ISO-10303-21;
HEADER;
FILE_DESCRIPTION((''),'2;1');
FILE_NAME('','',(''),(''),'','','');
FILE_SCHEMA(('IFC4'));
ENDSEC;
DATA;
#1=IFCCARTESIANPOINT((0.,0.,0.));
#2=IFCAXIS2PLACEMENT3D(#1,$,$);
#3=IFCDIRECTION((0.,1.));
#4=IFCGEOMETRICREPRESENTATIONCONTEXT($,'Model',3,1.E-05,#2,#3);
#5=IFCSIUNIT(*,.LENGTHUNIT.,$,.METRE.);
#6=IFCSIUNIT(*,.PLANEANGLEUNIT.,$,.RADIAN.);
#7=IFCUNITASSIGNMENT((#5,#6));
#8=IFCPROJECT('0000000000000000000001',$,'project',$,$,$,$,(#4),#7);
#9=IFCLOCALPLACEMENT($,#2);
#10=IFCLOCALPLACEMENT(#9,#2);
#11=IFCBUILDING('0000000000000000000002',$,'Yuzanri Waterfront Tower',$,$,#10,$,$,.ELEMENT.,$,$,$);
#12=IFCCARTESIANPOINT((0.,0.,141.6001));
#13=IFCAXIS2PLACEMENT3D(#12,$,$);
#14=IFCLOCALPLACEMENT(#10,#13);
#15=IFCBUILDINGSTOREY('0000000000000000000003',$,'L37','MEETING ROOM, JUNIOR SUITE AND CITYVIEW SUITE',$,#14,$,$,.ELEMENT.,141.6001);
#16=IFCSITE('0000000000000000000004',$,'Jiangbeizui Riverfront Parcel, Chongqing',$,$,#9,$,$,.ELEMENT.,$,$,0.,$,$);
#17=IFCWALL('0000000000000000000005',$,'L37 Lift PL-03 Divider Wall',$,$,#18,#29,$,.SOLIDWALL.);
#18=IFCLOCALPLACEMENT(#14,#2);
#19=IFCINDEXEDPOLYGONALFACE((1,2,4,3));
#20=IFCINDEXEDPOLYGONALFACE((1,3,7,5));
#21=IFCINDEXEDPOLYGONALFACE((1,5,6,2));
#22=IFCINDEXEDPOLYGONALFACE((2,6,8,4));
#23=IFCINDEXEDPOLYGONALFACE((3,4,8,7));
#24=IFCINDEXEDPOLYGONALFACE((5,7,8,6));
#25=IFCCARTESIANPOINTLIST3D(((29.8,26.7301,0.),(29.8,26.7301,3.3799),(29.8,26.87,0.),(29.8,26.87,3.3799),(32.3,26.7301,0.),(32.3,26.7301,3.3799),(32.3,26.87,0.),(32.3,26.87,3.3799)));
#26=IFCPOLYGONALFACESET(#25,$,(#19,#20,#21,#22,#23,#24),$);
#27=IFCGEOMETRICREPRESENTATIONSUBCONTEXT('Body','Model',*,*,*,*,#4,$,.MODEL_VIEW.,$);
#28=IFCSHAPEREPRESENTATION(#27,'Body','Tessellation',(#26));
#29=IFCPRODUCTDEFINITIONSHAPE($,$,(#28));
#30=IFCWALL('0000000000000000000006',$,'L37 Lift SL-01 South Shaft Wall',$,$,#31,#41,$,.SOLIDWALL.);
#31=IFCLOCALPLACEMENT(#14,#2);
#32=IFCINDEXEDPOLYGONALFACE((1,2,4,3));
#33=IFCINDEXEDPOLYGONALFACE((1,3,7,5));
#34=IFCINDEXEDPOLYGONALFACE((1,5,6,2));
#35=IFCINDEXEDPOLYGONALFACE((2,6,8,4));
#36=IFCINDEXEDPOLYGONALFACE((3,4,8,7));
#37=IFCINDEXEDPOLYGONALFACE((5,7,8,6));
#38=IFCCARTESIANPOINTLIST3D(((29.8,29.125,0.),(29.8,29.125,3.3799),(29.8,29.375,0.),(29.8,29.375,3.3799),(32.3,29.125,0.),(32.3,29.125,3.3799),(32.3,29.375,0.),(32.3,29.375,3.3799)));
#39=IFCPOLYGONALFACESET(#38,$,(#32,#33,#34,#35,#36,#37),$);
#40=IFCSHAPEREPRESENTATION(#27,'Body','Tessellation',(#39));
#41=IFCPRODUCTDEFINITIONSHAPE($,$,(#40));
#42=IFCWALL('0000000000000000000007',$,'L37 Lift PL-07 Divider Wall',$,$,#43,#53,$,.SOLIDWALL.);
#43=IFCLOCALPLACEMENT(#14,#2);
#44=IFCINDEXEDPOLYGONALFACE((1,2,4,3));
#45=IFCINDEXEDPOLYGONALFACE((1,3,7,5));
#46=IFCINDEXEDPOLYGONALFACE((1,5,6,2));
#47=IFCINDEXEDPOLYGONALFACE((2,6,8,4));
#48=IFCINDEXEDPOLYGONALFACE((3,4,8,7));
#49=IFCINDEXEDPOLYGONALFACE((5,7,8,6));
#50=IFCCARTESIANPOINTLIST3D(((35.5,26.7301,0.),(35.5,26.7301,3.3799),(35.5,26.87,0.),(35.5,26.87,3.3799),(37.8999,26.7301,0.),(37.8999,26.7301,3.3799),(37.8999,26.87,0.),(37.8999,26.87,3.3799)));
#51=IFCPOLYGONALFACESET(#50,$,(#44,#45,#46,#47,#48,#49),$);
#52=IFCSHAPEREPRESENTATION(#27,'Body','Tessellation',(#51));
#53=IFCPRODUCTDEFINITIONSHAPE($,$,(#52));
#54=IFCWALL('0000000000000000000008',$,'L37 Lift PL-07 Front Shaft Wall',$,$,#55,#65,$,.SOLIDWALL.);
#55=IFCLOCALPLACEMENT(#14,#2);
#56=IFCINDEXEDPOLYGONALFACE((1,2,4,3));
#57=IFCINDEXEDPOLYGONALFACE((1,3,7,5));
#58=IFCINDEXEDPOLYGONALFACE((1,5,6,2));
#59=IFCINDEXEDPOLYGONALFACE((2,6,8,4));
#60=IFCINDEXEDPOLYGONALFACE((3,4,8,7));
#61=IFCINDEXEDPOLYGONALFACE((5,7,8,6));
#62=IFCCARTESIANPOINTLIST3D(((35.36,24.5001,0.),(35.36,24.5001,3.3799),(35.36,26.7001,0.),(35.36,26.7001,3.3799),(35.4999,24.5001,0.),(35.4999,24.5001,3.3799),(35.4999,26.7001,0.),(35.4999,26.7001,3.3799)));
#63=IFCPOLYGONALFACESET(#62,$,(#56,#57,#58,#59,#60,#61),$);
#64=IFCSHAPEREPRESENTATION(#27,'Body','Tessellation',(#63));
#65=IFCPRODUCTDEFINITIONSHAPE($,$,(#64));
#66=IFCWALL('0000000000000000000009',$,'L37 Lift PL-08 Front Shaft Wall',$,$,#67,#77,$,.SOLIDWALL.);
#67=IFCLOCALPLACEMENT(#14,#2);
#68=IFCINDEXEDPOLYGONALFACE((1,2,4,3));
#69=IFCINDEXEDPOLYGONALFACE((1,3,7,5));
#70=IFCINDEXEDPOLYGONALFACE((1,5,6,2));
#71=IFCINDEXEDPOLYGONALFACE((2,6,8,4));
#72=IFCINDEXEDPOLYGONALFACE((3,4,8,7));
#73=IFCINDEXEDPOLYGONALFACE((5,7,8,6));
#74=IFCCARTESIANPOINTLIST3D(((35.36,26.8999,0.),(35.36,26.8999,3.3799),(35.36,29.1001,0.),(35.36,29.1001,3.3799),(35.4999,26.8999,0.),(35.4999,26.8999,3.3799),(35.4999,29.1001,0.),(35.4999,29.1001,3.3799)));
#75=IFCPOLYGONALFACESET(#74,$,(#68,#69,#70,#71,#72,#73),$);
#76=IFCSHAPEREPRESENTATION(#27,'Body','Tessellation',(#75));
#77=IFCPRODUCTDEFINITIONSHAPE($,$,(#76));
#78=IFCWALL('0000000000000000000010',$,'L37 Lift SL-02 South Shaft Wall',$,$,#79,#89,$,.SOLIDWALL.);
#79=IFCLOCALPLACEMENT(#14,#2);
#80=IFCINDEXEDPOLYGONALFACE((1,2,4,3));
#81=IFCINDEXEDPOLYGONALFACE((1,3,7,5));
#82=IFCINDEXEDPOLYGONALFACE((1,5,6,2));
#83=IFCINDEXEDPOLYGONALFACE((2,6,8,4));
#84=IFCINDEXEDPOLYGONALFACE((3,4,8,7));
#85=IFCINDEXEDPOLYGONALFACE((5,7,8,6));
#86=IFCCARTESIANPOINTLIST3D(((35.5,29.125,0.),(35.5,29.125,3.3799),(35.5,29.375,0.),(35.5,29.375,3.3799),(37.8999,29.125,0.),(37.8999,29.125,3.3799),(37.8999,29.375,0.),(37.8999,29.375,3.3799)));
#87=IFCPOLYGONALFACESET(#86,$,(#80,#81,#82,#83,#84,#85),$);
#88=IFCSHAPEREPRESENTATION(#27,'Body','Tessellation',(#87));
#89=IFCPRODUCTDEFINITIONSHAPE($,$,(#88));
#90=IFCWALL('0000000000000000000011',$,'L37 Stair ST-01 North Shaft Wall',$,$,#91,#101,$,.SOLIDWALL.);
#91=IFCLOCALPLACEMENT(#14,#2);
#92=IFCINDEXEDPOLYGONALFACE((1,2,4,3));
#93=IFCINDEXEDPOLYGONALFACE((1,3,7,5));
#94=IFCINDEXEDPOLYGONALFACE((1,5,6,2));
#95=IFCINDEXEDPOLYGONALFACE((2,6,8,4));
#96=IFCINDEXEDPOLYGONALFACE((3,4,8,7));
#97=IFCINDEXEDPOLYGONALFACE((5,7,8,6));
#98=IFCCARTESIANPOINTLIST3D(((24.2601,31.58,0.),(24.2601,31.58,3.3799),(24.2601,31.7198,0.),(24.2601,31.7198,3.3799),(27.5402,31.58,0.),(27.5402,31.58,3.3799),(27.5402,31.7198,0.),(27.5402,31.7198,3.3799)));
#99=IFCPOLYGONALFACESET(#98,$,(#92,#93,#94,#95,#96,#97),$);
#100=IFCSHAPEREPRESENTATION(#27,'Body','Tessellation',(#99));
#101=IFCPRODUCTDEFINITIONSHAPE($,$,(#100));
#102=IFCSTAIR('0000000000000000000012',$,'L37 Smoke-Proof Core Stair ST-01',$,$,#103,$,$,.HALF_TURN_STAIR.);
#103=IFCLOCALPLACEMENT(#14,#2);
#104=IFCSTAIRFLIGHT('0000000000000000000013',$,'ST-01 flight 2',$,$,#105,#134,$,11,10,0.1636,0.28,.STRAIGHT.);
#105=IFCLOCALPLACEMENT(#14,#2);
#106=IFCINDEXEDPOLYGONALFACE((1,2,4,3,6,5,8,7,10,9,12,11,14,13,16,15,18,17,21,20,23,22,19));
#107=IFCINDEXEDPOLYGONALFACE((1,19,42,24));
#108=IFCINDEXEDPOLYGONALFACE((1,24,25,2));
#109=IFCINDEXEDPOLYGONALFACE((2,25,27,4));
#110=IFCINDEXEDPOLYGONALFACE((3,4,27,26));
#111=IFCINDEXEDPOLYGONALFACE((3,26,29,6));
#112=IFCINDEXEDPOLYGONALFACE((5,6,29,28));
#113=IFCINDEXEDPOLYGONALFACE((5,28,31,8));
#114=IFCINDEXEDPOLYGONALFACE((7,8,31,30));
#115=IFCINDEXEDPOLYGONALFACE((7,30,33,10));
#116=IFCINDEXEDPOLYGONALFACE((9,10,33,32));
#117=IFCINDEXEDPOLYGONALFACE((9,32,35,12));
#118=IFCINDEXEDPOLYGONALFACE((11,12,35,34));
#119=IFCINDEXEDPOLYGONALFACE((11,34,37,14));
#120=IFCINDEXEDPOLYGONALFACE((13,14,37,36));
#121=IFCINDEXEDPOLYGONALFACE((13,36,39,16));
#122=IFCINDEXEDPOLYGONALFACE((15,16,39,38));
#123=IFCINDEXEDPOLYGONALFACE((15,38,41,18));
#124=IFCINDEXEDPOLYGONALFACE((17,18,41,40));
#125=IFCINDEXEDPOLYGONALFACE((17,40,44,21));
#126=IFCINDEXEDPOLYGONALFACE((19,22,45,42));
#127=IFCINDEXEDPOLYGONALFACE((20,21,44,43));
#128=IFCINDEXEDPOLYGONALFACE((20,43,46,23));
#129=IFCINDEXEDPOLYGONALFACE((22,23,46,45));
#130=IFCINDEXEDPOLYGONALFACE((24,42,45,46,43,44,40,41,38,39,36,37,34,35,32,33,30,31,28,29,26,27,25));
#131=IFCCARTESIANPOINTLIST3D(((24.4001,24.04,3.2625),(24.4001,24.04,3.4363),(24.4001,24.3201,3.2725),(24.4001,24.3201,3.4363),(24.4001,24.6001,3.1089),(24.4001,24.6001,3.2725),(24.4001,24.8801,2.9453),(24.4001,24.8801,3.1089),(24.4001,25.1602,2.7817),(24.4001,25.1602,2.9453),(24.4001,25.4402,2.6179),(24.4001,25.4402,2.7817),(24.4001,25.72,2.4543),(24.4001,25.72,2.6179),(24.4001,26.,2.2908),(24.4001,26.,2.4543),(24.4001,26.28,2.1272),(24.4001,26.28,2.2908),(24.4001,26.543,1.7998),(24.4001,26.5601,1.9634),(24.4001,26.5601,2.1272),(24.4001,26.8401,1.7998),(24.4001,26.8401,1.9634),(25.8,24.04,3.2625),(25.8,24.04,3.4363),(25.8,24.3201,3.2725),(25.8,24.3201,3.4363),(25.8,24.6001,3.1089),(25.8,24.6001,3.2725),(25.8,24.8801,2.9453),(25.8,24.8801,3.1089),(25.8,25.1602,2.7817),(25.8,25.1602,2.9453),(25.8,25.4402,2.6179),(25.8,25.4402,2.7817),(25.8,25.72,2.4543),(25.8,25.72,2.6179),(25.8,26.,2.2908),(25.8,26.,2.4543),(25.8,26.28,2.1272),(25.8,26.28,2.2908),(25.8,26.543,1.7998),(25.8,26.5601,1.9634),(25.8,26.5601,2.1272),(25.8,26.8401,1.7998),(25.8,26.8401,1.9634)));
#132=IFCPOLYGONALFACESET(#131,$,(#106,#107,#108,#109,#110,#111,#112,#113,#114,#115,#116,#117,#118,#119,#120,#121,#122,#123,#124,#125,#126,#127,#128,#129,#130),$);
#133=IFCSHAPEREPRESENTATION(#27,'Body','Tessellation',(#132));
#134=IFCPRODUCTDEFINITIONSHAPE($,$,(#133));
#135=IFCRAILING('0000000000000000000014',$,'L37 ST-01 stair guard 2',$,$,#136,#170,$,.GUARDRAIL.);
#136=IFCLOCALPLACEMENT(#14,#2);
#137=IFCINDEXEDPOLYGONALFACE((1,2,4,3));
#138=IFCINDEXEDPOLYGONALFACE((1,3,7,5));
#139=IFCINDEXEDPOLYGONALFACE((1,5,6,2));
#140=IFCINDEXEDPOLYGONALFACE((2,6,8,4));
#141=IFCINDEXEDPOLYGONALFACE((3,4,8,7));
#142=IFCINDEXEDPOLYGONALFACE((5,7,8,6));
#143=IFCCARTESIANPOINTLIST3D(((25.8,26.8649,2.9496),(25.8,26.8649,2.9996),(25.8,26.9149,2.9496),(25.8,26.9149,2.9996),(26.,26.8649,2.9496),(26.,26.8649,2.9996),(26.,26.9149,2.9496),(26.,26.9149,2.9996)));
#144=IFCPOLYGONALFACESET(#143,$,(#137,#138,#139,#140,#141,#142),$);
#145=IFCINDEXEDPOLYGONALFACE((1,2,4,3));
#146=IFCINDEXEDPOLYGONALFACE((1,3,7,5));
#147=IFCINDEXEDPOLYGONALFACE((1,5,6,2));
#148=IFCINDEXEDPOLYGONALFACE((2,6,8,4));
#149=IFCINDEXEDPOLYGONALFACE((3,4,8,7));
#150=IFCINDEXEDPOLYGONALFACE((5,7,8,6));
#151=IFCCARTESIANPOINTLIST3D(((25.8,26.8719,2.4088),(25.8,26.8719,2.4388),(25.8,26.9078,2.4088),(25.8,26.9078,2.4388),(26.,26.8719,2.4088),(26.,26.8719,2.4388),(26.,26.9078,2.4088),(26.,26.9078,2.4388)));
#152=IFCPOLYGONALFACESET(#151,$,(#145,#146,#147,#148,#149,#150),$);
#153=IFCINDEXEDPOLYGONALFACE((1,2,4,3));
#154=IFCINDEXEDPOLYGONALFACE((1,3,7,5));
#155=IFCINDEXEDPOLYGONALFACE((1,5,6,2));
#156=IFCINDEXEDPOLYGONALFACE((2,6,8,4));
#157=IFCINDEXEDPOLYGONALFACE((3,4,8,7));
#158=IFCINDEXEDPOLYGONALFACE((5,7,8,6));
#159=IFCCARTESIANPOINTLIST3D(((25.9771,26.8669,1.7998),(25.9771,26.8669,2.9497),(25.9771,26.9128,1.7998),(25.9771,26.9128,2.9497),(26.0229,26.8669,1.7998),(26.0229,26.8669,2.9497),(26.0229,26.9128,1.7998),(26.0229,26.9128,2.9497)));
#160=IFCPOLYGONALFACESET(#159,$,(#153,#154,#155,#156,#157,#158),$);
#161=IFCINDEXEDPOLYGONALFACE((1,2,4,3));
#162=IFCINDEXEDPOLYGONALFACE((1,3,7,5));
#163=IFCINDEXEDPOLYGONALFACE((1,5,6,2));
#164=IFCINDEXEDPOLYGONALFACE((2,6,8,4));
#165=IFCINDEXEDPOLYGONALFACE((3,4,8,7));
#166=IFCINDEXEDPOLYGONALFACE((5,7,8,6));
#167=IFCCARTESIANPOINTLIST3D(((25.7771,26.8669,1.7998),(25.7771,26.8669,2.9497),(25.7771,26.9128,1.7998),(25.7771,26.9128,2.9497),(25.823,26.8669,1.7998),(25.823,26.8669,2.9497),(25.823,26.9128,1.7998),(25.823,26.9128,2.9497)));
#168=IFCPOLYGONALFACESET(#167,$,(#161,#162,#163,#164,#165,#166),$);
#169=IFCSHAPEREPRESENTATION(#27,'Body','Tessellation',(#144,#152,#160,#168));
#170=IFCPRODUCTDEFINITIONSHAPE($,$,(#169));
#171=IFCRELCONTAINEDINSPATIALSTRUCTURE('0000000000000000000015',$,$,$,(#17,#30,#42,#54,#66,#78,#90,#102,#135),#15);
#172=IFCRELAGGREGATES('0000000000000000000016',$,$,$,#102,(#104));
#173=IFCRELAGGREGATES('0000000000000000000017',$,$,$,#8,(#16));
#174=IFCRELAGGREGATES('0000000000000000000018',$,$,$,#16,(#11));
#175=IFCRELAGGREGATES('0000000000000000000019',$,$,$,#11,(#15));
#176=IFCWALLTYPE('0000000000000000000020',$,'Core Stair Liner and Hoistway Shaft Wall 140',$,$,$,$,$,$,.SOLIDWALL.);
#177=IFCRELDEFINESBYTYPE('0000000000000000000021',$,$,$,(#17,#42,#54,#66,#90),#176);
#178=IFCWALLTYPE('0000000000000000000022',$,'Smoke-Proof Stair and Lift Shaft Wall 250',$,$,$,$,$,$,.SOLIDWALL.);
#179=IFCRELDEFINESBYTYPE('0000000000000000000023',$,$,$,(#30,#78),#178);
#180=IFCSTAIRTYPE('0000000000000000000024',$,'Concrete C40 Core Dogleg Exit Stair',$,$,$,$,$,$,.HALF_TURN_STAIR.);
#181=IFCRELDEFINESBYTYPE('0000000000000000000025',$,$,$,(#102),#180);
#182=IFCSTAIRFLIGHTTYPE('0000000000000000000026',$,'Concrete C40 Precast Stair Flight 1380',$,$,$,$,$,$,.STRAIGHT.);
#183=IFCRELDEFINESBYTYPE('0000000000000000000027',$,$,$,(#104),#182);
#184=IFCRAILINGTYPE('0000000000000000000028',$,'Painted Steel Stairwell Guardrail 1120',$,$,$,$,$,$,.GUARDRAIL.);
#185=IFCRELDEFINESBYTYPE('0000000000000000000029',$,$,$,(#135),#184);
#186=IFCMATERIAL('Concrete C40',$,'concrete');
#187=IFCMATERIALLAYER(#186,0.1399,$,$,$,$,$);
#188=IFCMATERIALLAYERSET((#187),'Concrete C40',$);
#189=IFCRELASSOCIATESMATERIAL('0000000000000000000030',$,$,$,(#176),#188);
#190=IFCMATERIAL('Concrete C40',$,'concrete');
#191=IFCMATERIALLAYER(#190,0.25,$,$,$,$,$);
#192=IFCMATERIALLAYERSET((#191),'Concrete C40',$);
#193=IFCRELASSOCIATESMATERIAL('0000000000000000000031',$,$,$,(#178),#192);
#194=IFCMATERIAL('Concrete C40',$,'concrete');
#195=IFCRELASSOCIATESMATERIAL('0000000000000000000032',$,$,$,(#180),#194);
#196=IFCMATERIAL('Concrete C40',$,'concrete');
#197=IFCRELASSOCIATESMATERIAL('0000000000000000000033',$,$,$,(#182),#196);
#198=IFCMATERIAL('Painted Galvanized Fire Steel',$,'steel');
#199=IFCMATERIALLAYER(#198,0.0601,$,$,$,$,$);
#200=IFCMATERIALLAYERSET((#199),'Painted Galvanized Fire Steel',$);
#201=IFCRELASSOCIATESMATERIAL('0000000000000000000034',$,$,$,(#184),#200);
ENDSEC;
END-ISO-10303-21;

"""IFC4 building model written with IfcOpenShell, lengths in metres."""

from ifc_helpers import new_model, si_unit, direction, frame, frame_2d, origin, origin_2d, place, context, subcontext, project, spatial, polyline, rectangle, outline, extrude, source, transform, mapped, material, layer, layer_set, type_object, element, aggregate, save


model = new_model("IFC4")

# Units and contexts
model_context = context("Model", 3, precision=1e-05, world=origin(), true_north=direction((0.0, 1.0)))
body_context = subcontext(model_context, "Body", "Model", "MODEL_VIEW")
ifc_project = project(units=[si_unit("LENGTHUNIT", "METRE"), si_unit("PLANEANGLEUNIT", "RADIAN")], contexts=[model_context])

# Site, building, storey
site_placement = place(None, origin())
site = spatial("IfcSite", under=ifc_project, at=site_placement, Name="Jiangbeizui Riverfront Parcel, Chongqing", CompositionType="ELEMENT", RefElevation=0.0)
building_placement = place(site_placement, origin())
building = spatial("IfcBuilding", under=site, at=building_placement, Name="Yuzanri Waterfront Tower", CompositionType="ELEMENT")
storey_placement = place(building_placement, frame((0.0, 0.0, 141.6001)))
storey = spatial("IfcBuildingStorey", under=building, at=storey_placement, Name="L37", Description="MEETING ROOM, JUNIOR SUITE AND CITYVIEW SUITE", CompositionType="ELEMENT", Elevation=141.6001)

# Shared definitions
ifc_material_1 = material(Name="Concrete C40", Category="concrete")
ifc_layer_1 = layer(ifc_material_1, 0.1399)
ifc_layer_set_1 = layer_set([ifc_layer_1], Name="Concrete C40")
wall_type_1 = type_object("IfcWallType", Name="Core Stair Liner and Hoistway Shaft Wall 140", PredefinedType="SOLIDWALL", material=ifc_layer_set_1)

# Walls
shared_shape_1 = source(origin(), body_context, "Body", "SweptSolid", [
    extrude(rectangle(XDim=2.5, YDim=0.1399, at=frame_2d((1.25, 0.0))), origin(), (0.0, 0.0, 1.0), 3.3799),
])
wall_1_placement = place(storey_placement, frame((29.8, 26.8, 0.0), z_axis=(0.0, 0.0, 1.0), x_axis=(1.0, 0.0, 0.0)))
element("IfcWall", 1, at=wall_1_placement, inside=storey, type_object=wall_type_1, Name="L37 Lift PL-03 Divider Wall", PredefinedType="SOLIDWALL", context=body_context, shape_type="MappedRepresentation", body=[
    mapped(shared_shape_1, transform((0.0, 0.0, 0.0), scale=1.0)),
])
ifc_material_2 = material(Name="Concrete C40", Category="concrete")
ifc_layer_2 = layer(ifc_material_2, 0.25)
ifc_layer_set_2 = layer_set([ifc_layer_2], Name="Concrete C40")
wall_type_2 = type_object("IfcWallType", Name="Smoke-Proof Stair and Lift Shaft Wall 250", PredefinedType="SOLIDWALL", material=ifc_layer_set_2)
shared_shape_2 = source(origin(), body_context, "Body", "SweptSolid", [
    extrude(rectangle(XDim=2.5, YDim=0.25, at=frame_2d((1.25, 0.0))), origin(), (0.0, 0.0, 1.0), 3.3799),
])
wall_2_placement = place(storey_placement, frame((29.8, 29.25, 0.0), z_axis=(0.0, 0.0, 1.0), x_axis=(1.0, 0.0, 0.0)))
element("IfcWall", 2, at=wall_2_placement, inside=storey, type_object=wall_type_2, Name="L37 Lift SL-01 South Shaft Wall", PredefinedType="SOLIDWALL", context=body_context, shape_type="MappedRepresentation", body=[
    mapped(shared_shape_2, transform((0.0, 0.0, 0.0), scale=1.0)),
])
shared_shape_3 = source(origin(), body_context, "Body", "SweptSolid", [
    extrude(rectangle(XDim=2.3999, YDim=0.1399, at=frame_2d((1.2, 0.0))), origin(), (0.0, 0.0, 1.0), 3.3799),
])
wall_3_placement = place(storey_placement, frame((35.5, 26.8, 0.0), z_axis=(0.0, 0.0, 1.0), x_axis=(1.0, 0.0, 0.0)))
element("IfcWall", 3, at=wall_3_placement, inside=storey, type_object=wall_type_1, Name="L37 Lift PL-07 Divider Wall", PredefinedType="SOLIDWALL", context=body_context, shape_type="MappedRepresentation", body=[
    mapped(shared_shape_3, transform((0.0, 0.0, 0.0), scale=1.0)),
])
shared_shape_4 = source(origin(), body_context, "Body", "SweptSolid", [
    extrude(rectangle(XDim=2.2, YDim=0.1399, at=frame_2d((1.1001, 0.0))), origin(), (0.0, 0.0, 1.0), 3.3799),
])
wall_4_placement = place(storey_placement, frame((35.4299, 24.5, 0.0), z_axis=(0.0, 0.0, 1.0), x_axis=(0.0, 1.0, 0.0)))
element("IfcWall", 4, at=wall_4_placement, inside=storey, type_object=wall_type_1, Name="L37 Lift PL-07 Front Shaft Wall", PredefinedType="SOLIDWALL", context=body_context, shape_type="MappedRepresentation", body=[
    mapped(shared_shape_4, transform((0.0, 0.0, 0.0), scale=1.0)),
])
shared_shape_5 = source(origin(), body_context, "Body", "SweptSolid", [
    extrude(rectangle(XDim=2.2002, YDim=0.1399, at=frame_2d((1.1001, 0.0))), origin(), (0.0, 0.0, 1.0), 3.3799),
])
wall_5_placement = place(storey_placement, frame((35.4299, 26.8999, 0.0), z_axis=(0.0, 0.0, 1.0), x_axis=(0.0, 1.0, 0.0)))
element("IfcWall", 5, at=wall_5_placement, inside=storey, type_object=wall_type_1, Name="L37 Lift PL-08 Front Shaft Wall", PredefinedType="SOLIDWALL", context=body_context, shape_type="MappedRepresentation", body=[
    mapped(shared_shape_5, transform((0.0, 0.0, 0.0), scale=1.0)),
])
shared_shape_6 = source(origin(), body_context, "Body", "SweptSolid", [
    extrude(rectangle(XDim=2.3999, YDim=0.25, at=frame_2d((1.2, 0.0))), origin(), (0.0, 0.0, 1.0), 3.3799),
])
wall_6_placement = place(storey_placement, frame((35.5, 29.25, 0.0), z_axis=(0.0, 0.0, 1.0), x_axis=(1.0, 0.0, 0.0)))
element("IfcWall", 6, at=wall_6_placement, inside=storey, type_object=wall_type_2, Name="L37 Lift SL-02 South Shaft Wall", PredefinedType="SOLIDWALL", context=body_context, shape_type="MappedRepresentation", body=[
    mapped(shared_shape_6, transform((0.0, 0.0, 0.0), scale=1.0)),
])
shared_shape_7 = source(origin(), body_context, "Body", "SweptSolid", [
    extrude(rectangle(XDim=3.28, YDim=0.1399, at=frame_2d((1.6401, 0.0))), origin(), (0.0, 0.0, 1.0), 3.3799),
])
wall_7_placement = place(storey_placement, frame((24.26, 31.6499, 0.0), z_axis=(0.0, 0.0, 1.0), x_axis=(1.0, 0.0, 0.0)))
element("IfcWall", 7, at=wall_7_placement, inside=storey, type_object=wall_type_1, Name="L37 Stair ST-01 North Shaft Wall", PredefinedType="SOLIDWALL", context=body_context, shape_type="MappedRepresentation", body=[
    mapped(shared_shape_7, transform((0.0, 0.0, 0.0), scale=1.0)),
])

# Stair, stair flight
ifc_material_3 = material(Name="Concrete C40", Category="concrete")
stair_type = type_object("IfcStairType", Name="Concrete C40 Core Dogleg Exit Stair", PredefinedType="HALF_TURN_STAIR", material=ifc_material_3)
stair_placement = place(storey_placement, origin())
stair = element("IfcStair", 8, at=stair_placement, inside=storey, type_object=stair_type, Name="L37 Smoke-Proof Core Stair ST-01", PredefinedType="HALF_TURN_STAIR")
ifc_material_4 = material(Name="Concrete C40", Category="concrete")
stair_flight_type = type_object("IfcStairFlightType", Name="Concrete C40 Precast Stair Flight 1380", PredefinedType="STRAIGHT", material=ifc_material_4)
shared_shape_8 = source(origin(), body_context, "Body", "SweptSolid", [
    extrude(outline(polyline([(0.0, 0.0), (0.0, 0.1636), (0.28, 0.1636), (0.28, 0.3274), (0.5601, 0.3274), (0.5601, 0.491), (0.8401, 0.491), (0.8401, 0.6545), (1.1201, 0.6545), (1.1201, 0.8181), (1.3999, 0.8181), (1.3999, 0.9819), (1.6799, 0.9819), (1.6799, 1.1455), (1.96, 1.1455), (1.96, 1.3091), (2.24, 1.3091), (2.24, 1.4727), (2.52, 1.4727), (2.52, 1.6365), (2.8, 1.6365), (2.8, 1.8), (2.8, 1.4626), (0.2971, 0.0), (0.0, 0.0)])), frame((0.0, 0.7, 0.0), z_axis=(0.0, -1.0, 0.0), x_axis=(1.0, 0.0, 0.0)), (0.0, 0.0, 1.0), 1.3999),
])
stair_flight_placement = place(storey_placement, frame((25.1001, 26.8401, 1.7998), z_axis=(0.0, 0.0, 1.0), x_axis=(0.0, -1.0, 0.0)))
stair_flight = element("IfcStairFlight", 9, at=stair_flight_placement, type_object=stair_flight_type, Name="ST-01 flight 2", NumberOfRisers=11, NumberOfTreads=10, PredefinedType="STRAIGHT", RiserHeight=0.1636, TreadLength=0.28, context=body_context, shape_type="MappedRepresentation", body=[
    mapped(shared_shape_8, transform((0.0, 0.0, 0.0), scale=1.0)),
])
aggregate(stair, [stair_flight])

# Railing
ifc_material_5 = material(Name="Painted Galvanized Fire Steel", Category="steel")
ifc_layer_3 = layer(ifc_material_5, 0.0601)
ifc_layer_set_3 = layer_set([ifc_layer_3], Name="Painted Galvanized Fire Steel")
railing_type_1 = type_object("IfcRailingType", Name="Painted Steel Stairwell Guardrail 1120", PredefinedType="GUARDRAIL", material=ifc_layer_set_3)
shared_shape_9 = source(origin(), body_context, "Body", "SweptSolid", [
    extrude(rectangle(XDim=0.05, YDim=0.05, at=origin_2d()), frame((0.0, 0.0, 1.1748), z_axis=(-1.0, 0.0, 0.0), x_axis=(0.0, -1.0, 0.0)), (0.0, 0.0, 1.0), 0.2),
    extrude(rectangle(XDim=0.0359, YDim=0.03, at=origin_2d()), frame((0.0, 0.0, 0.624), z_axis=(-1.0, 0.0, 0.0), x_axis=(0.0, -1.0, 0.0)), (0.0, 0.0, 1.0), 0.2),
    extrude(rectangle(XDim=0.0459, YDim=0.0459, at=origin_2d()), origin(), (0.0, 0.0, 1.0), 1.1499),
    extrude(rectangle(XDim=0.0459, YDim=0.0459, at=origin_2d()), frame((-0.2, 0.0, 0.0)), (0.0, 0.0, 1.0), 1.1499),
])
railing_1_placement = place(storey_placement, frame((26.0, 26.8899, 1.7998)))
element("IfcRailing", 10, at=railing_1_placement, inside=storey, type_object=railing_type_1, Name="L37 ST-01 stair guard 2", PredefinedType="GUARDRAIL", context=body_context, shape_type="MappedRepresentation", body=[
    mapped(shared_shape_9, transform((0.0, 0.0, 0.0), scale=1.0)),
])

save(model, "model.ifc")
